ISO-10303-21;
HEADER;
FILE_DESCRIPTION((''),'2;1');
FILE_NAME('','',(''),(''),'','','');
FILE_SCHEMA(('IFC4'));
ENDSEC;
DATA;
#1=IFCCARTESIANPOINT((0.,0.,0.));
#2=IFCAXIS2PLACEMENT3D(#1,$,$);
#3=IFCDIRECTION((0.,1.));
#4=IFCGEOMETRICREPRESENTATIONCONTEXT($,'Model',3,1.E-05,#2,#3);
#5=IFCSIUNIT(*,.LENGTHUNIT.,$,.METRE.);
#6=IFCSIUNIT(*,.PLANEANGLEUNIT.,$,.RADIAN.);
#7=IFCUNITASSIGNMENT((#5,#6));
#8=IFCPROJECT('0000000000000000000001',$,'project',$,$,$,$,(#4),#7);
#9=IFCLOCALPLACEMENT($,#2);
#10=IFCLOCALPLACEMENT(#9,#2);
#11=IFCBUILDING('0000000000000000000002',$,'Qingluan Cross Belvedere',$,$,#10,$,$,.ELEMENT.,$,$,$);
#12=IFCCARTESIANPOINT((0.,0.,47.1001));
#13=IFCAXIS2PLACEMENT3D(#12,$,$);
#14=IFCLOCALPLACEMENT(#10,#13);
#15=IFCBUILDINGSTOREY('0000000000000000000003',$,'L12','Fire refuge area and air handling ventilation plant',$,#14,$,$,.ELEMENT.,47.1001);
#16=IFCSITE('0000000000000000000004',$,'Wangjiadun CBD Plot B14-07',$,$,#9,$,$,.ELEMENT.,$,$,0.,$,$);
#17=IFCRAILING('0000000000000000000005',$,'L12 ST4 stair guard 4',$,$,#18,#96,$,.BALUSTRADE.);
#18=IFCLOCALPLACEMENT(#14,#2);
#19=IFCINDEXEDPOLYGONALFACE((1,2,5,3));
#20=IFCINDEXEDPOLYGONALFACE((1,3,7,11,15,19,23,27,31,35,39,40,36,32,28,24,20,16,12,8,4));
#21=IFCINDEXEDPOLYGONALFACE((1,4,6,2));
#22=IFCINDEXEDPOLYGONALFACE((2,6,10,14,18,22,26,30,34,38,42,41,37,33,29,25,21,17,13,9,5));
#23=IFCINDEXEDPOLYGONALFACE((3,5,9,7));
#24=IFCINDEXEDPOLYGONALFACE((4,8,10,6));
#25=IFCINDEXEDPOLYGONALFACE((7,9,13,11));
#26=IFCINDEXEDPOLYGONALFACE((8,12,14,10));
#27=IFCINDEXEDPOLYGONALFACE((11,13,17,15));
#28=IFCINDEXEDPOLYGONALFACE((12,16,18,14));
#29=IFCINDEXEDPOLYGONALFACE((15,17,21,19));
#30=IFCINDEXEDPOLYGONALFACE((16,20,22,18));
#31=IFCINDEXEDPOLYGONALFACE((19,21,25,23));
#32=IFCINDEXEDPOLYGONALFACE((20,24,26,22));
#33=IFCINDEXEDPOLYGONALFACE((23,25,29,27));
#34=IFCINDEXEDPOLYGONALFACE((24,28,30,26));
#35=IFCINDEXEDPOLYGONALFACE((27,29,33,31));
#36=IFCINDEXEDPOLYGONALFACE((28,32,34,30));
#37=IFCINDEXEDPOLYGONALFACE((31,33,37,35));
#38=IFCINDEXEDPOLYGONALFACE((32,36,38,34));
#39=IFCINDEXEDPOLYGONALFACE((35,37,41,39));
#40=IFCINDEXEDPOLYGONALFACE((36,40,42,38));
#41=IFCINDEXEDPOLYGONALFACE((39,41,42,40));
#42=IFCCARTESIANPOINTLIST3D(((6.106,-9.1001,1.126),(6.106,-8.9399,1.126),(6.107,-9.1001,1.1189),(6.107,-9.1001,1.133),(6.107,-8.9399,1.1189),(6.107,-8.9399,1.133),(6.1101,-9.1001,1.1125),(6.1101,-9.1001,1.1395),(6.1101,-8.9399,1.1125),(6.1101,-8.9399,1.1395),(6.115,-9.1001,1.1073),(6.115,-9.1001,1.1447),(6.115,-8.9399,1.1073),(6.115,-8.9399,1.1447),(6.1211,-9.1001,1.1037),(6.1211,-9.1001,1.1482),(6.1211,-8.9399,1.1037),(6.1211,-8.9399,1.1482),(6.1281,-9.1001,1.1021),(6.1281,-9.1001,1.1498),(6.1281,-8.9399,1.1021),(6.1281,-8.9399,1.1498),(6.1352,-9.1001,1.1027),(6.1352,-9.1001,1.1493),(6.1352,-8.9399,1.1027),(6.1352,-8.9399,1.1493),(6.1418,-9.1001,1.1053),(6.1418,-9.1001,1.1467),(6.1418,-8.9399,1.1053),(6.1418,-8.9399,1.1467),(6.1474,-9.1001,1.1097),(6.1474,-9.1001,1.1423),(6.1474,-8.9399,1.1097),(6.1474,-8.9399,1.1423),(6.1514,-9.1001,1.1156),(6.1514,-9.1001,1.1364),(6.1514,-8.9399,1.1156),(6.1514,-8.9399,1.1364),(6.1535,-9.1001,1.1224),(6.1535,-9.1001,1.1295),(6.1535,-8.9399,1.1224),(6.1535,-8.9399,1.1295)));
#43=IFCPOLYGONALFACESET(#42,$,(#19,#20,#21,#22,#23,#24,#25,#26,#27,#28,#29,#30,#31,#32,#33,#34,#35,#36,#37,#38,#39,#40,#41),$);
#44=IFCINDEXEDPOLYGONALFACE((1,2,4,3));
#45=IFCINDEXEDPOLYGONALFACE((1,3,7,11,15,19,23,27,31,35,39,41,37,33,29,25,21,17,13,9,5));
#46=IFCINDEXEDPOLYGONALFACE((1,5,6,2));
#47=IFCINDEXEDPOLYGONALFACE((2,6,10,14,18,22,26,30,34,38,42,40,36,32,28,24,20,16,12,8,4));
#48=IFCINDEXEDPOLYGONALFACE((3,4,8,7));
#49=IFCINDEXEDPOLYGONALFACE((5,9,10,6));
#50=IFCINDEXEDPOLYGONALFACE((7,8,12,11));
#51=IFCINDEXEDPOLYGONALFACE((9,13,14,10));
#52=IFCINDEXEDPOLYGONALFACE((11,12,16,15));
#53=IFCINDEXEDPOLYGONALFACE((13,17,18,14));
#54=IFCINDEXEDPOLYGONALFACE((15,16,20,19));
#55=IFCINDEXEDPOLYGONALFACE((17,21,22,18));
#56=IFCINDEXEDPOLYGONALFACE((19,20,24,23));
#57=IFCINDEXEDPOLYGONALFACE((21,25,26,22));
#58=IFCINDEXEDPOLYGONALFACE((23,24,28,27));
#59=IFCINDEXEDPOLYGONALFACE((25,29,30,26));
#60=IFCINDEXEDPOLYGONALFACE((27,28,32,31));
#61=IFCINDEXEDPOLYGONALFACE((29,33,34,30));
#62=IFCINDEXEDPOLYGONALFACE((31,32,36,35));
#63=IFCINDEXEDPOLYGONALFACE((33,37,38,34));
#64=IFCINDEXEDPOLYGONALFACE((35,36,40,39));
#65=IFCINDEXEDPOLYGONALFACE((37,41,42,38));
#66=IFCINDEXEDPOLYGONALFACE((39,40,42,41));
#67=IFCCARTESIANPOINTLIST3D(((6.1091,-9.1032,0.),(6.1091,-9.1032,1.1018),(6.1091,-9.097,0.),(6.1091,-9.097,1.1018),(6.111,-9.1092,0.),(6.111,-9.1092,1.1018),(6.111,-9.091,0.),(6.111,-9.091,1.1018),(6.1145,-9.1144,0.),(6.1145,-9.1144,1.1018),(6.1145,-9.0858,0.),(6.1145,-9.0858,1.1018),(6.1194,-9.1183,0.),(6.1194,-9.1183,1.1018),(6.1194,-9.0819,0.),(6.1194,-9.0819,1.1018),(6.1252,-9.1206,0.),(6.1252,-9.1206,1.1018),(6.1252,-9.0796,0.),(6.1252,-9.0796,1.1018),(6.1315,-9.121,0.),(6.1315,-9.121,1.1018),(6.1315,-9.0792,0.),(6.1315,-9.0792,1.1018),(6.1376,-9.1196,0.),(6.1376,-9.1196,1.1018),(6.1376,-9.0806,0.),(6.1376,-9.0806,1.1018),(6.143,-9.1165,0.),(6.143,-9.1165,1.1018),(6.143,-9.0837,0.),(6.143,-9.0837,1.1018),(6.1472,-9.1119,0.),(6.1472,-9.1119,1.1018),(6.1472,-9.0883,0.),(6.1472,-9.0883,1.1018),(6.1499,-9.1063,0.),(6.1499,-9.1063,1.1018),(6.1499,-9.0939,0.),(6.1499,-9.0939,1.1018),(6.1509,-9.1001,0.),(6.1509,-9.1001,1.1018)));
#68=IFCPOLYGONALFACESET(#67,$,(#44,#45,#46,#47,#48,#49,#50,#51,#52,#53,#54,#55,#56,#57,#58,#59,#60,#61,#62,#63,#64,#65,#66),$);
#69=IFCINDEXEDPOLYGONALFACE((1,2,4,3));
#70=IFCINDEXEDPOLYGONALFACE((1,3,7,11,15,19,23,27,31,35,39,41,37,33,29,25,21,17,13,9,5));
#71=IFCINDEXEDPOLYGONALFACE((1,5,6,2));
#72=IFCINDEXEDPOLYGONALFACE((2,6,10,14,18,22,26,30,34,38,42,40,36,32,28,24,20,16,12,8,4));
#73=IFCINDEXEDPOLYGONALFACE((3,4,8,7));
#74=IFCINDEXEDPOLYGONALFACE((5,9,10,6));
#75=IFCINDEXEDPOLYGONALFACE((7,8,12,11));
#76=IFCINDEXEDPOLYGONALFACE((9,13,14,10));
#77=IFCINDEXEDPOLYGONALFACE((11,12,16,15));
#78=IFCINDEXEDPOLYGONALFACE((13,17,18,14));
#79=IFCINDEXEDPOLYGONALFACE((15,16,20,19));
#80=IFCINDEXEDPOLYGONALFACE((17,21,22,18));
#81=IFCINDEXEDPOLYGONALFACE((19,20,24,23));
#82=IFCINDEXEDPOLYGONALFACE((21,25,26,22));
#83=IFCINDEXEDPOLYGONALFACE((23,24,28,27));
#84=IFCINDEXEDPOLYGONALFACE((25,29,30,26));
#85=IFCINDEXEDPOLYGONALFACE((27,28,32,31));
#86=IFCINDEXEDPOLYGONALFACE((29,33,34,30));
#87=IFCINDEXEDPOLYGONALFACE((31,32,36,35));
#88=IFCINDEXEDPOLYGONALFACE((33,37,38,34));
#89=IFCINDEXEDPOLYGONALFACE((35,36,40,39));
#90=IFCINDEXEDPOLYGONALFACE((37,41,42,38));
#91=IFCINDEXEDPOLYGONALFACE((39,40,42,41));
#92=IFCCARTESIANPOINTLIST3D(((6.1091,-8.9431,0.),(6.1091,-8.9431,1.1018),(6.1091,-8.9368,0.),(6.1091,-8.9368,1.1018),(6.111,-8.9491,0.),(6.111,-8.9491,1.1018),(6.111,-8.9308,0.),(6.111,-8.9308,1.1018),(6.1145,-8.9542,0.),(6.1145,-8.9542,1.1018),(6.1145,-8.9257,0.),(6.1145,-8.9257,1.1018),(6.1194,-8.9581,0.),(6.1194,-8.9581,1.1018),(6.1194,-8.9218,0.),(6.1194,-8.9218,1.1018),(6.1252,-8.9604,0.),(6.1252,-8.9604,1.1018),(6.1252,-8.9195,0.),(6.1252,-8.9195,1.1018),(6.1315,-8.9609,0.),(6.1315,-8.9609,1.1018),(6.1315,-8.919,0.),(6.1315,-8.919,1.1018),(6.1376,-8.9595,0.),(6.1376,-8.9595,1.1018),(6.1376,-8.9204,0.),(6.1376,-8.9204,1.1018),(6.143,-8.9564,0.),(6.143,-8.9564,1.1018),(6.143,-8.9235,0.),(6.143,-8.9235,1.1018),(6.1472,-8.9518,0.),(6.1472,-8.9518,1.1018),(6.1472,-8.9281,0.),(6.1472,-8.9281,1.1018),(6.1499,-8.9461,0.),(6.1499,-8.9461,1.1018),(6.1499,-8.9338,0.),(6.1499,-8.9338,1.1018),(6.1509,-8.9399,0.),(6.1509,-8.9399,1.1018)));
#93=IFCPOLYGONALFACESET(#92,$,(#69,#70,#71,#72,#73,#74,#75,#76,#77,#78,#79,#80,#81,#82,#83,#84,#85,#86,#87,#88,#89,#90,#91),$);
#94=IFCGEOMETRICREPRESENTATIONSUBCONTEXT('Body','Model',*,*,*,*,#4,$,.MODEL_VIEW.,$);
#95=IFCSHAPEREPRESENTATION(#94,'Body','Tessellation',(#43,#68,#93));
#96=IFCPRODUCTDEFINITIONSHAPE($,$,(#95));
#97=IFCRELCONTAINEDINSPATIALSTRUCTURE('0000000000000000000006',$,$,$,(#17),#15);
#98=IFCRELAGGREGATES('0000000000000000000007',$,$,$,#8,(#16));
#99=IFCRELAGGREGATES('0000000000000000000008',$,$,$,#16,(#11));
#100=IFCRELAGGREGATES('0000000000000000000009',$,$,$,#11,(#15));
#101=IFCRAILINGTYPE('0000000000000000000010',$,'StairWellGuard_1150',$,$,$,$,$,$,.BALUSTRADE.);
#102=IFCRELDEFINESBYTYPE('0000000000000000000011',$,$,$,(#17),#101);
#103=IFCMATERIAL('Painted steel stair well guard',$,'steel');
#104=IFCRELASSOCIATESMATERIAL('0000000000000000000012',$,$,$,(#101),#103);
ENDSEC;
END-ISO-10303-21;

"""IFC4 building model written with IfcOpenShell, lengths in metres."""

from ifc_helpers import new_model, si_unit, direction, frame, origin, origin_2d, place, context, subcontext, project, spatial, circle, extrude, material, type_object, element, save


model = new_model("IFC4")

# Units and contexts
model_context = context("Model", 3, precision=1e-05, world=origin(), true_north=direction((0.0, 1.0)))
body_context = subcontext(model_context, "Body", "Model", "MODEL_VIEW")
ifc_project = project(units=[si_unit("LENGTHUNIT", "METRE"), si_unit("PLANEANGLEUNIT", "RADIAN")], contexts=[model_context])

# Site, building, storey
site_placement = place(None, origin())
site = spatial("IfcSite", under=ifc_project, at=site_placement, Name="Wangjiadun CBD Plot B14-07", CompositionType="ELEMENT", RefElevation=0.0)
building_placement = place(site_placement, origin())
building = spatial("IfcBuilding", under=site, at=building_placement, Name="Qingluan Cross Belvedere", CompositionType="ELEMENT")
storey_placement = place(building_placement, frame((0.0, 0.0, 47.1001)))
storey = spatial("IfcBuildingStorey", under=building, at=storey_placement, Name="L12", Description="Fire refuge area and air handling ventilation plant", CompositionType="ELEMENT", Elevation=47.1001)

# Railing
ifc_material_1 = material(Name="Painted steel stair well guard", Category="steel")
railing_type_1 = type_object("IfcRailingType", Name="StairWellGuard_1150", PredefinedType="BALUSTRADE", material=ifc_material_1)
railing_1_placement = place(storey_placement, frame((6.1299, -9.1001, 0.0)))
element("IfcRailing", 1, at=railing_1_placement, inside=storey, type_object=railing_type_1, Name="L12 ST4 stair guard 4", PredefinedType="BALUSTRADE", context=body_context, shape_type="SweptSolid", body=[
    extrude(circle(Radius=0.0239, at=origin_2d()), frame((0.0, 0.0, 1.126), z_axis=(0.0, 1.0, 0.0), x_axis=(-1.0, 0.0, 0.0)), (0.0, 0.0, 1.0), 0.1602),
    extrude(circle(Radius=0.021, at=origin_2d()), origin(), (0.0, 0.0, 1.0), 1.1018),
    extrude(circle(Radius=0.021, at=origin_2d()), frame((0.0, 0.1602, 0.0)), (0.0, 0.0, 1.0), 1.1018),
])

save(model, "model.ifc")
